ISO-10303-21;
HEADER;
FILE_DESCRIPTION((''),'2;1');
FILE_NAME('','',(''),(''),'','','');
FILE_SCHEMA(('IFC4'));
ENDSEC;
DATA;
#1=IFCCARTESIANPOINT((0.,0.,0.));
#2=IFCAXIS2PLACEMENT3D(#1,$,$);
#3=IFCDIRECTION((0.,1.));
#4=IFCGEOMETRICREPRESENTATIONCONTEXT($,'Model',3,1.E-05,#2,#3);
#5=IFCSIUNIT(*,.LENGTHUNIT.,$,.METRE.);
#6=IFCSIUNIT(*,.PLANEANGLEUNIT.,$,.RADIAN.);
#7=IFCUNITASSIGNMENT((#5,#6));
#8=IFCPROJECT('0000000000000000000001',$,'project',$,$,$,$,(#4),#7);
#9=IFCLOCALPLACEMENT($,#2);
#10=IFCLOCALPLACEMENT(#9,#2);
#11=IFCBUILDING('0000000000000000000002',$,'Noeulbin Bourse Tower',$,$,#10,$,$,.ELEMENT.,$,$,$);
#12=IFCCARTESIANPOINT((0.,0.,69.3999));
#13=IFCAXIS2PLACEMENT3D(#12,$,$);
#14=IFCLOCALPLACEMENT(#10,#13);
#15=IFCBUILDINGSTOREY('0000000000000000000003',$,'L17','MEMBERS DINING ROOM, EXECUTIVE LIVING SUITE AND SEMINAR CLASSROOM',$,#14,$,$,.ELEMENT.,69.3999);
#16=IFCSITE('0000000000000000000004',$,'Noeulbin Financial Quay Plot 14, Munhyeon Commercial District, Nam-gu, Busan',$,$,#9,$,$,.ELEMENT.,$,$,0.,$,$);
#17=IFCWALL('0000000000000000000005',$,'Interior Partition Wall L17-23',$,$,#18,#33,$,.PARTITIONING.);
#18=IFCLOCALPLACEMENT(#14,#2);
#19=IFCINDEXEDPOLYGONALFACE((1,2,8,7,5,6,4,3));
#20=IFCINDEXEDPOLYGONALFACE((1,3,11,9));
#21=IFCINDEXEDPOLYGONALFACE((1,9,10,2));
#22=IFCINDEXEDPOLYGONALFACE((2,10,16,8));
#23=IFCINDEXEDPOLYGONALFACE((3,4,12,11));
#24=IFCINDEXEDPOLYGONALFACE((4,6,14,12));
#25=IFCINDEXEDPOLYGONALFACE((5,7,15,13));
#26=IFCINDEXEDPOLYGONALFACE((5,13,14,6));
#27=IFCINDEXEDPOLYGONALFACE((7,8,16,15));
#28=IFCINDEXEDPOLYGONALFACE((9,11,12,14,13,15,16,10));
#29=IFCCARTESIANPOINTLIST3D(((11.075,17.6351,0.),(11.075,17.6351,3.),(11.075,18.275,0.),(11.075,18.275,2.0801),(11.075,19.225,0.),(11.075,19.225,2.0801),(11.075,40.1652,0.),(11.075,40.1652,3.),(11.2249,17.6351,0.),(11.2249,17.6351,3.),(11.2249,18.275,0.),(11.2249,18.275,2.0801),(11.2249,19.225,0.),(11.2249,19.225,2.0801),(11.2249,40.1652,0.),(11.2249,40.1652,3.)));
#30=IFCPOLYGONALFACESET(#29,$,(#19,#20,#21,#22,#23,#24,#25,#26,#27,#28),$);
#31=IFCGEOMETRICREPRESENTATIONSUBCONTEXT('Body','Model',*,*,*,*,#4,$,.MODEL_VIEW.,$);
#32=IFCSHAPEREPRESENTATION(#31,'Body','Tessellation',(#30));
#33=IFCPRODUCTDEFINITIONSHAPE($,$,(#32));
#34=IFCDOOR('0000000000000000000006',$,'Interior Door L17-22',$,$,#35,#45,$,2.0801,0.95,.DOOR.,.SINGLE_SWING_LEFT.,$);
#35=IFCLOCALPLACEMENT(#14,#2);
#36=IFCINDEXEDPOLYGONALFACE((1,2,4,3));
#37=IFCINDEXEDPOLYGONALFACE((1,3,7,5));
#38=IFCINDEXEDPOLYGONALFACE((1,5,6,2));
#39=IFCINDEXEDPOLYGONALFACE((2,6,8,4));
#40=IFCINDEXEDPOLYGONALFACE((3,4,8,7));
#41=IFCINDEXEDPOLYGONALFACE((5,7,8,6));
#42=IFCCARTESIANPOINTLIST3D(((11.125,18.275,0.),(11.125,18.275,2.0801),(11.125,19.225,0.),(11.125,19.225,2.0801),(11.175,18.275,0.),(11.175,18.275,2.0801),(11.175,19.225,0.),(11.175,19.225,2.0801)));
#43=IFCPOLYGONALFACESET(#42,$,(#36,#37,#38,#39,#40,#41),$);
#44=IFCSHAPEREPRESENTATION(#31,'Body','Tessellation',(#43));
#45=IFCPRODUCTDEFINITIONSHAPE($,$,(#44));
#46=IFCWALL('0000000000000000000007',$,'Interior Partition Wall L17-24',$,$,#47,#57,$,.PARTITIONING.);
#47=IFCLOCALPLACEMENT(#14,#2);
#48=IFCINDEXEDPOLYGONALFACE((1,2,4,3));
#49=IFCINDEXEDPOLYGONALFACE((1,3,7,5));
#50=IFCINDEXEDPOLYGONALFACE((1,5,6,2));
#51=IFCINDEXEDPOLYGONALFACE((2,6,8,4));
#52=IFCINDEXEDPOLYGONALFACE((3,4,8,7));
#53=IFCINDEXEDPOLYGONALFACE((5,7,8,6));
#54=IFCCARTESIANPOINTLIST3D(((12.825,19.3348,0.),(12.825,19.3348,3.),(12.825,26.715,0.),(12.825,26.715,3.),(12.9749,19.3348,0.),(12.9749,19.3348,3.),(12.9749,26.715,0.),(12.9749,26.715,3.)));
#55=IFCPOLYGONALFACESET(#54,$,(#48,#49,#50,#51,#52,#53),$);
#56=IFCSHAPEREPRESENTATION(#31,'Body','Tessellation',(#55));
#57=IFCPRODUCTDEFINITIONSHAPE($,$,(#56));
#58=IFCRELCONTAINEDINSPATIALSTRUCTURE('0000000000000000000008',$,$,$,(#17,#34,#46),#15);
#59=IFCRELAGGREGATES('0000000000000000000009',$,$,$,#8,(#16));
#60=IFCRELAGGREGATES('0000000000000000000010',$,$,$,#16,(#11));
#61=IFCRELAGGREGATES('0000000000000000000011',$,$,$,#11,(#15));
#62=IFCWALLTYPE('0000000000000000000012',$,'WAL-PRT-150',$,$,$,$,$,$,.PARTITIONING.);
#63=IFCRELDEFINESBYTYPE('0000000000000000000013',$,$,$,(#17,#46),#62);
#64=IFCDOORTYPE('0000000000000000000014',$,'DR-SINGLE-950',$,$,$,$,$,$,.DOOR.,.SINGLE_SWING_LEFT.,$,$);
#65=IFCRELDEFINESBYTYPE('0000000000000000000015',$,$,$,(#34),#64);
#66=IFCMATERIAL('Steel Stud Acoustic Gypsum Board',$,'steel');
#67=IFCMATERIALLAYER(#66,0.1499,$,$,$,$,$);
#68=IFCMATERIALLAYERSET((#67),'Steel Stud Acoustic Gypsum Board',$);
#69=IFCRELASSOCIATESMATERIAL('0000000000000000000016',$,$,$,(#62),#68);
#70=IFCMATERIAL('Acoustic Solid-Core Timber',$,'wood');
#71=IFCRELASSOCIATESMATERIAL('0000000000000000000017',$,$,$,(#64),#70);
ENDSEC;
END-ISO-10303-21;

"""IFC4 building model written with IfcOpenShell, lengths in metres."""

from ifc_helpers import new_model, si_unit, direction, frame, frame_2d, origin, place, context, subcontext, project, spatial, rectangle, extrude, material, layer, layer_set, type_object, element, fill, save


model = new_model("IFC4")

# Units and contexts
model_context = context("Model", 3, precision=1e-05, world=origin(), true_north=direction((0.0, 1.0)))
body_context = subcontext(model_context, "Body", "Model", "MODEL_VIEW")
ifc_project = project(units=[si_unit("LENGTHUNIT", "METRE"), si_unit("PLANEANGLEUNIT", "RADIAN")], contexts=[model_context])

# Site, building, storey
site_placement = place(None, origin())
site = spatial("IfcSite", under=ifc_project, at=site_placement, Name="Noeulbin Financial Quay Plot 14, Munhyeon Commercial District, Nam-gu, Busan", CompositionType="ELEMENT", RefElevation=0.0)
building_placement = place(site_placement, origin())
building = spatial("IfcBuilding", under=site, at=building_placement, Name="Noeulbin Bourse Tower", CompositionType="ELEMENT")
storey_placement = place(building_placement, frame((0.0, 0.0, 69.3999)))
storey = spatial("IfcBuildingStorey", under=building, at=storey_placement, Name="L17", Description="MEMBERS DINING ROOM, EXECUTIVE LIVING SUITE AND SEMINAR CLASSROOM", CompositionType="ELEMENT", Elevation=69.3999)

# Shared definitions
ifc_material_1 = material(Name="Steel Stud Acoustic Gypsum Board", Category="steel")
ifc_layer_1 = layer(ifc_material_1, 0.1499)
ifc_layer_set_1 = layer_set([ifc_layer_1], Name="Steel Stud Acoustic Gypsum Board")
wall_type_1 = type_object("IfcWallType", Name="WAL-PRT-150", PredefinedType="PARTITIONING", material=ifc_layer_set_1)
ifc_material_2 = material(Name="Acoustic Solid-Core Timber", Category="wood")
door_type = type_object("IfcDoorType", Name="DR-SINGLE-950", OperationType="SINGLE_SWING_LEFT", PredefinedType="DOOR", material=ifc_material_2)

# Wall, opening, door
wall_1_placement = place(storey_placement, frame((11.1499, 17.635, 0.0), z_axis=(0.0, 0.0, 1.0), x_axis=(0.0, 1.0, 0.0)))
wall_1 = element("IfcWall", 1, at=wall_1_placement, inside=storey, type_object=wall_type_1, Name="Interior Partition Wall L17-23", PredefinedType="PARTITIONING", context=body_context, shape_type="SweptSolid", body=[
    extrude(rectangle(XDim=22.53, YDim=0.1499, at=frame_2d((11.2651, 0.0))), origin(), (0.0, 0.0, 1.0), 3.0),
])
opening_1_placement = place(wall_1_placement, frame((0.6399, 0.0, 0.0)))
opening_1 = element("IfcOpeningElement", 2, at=opening_1_placement, cuts=wall_1, PredefinedType="OPENING", context=body_context, shape_type="SweptSolid", body=[
    extrude(rectangle(XDim=0.95, YDim=2.0801, at=frame_2d((0.4751, 1.04))), frame((0.0, 0.085, 0.0), z_axis=(0.0, -1.0, 0.0), x_axis=(1.0, 0.0, 0.0)), (0.0, 0.0, 1.0), 0.1699),
])
door_1_placement = place(opening_1_placement, origin())
door_1 = element("IfcDoor", 3, at=door_1_placement, inside=storey, type_object=door_type, Name="Interior Door L17-22", OperationType="SINGLE_SWING_LEFT", OverallHeight=2.0801, OverallWidth=0.95, PredefinedType="DOOR", context=body_context, shape_type="SweptSolid", body=[
    extrude(rectangle(XDim=0.95, YDim=2.0801, at=frame_2d((0.4751, 1.04))), frame((0.0, 0.0249, 0.0), z_axis=(0.0, -1.0, 0.0), x_axis=(1.0, 0.0, 0.0)), (0.0, 0.0, 1.0), 0.05),
])
fill(opening_1, door_1)

# Wall
wall_2_placement = place(storey_placement, frame((12.8999, 19.335, 0.0), z_axis=(0.0, 0.0, 1.0), x_axis=(0.0, 1.0, 0.0)))
element("IfcWall", 4, at=wall_2_placement, inside=storey, type_object=wall_type_1, Name="Interior Partition Wall L17-24", PredefinedType="PARTITIONING", context=body_context, shape_type="SweptSolid", body=[
    extrude(rectangle(XDim=7.3801, YDim=0.1499, at=frame_2d((3.6899, 0.0))), origin(), (0.0, 0.0, 1.0), 3.0),
])

save(model, "model.ifc")
